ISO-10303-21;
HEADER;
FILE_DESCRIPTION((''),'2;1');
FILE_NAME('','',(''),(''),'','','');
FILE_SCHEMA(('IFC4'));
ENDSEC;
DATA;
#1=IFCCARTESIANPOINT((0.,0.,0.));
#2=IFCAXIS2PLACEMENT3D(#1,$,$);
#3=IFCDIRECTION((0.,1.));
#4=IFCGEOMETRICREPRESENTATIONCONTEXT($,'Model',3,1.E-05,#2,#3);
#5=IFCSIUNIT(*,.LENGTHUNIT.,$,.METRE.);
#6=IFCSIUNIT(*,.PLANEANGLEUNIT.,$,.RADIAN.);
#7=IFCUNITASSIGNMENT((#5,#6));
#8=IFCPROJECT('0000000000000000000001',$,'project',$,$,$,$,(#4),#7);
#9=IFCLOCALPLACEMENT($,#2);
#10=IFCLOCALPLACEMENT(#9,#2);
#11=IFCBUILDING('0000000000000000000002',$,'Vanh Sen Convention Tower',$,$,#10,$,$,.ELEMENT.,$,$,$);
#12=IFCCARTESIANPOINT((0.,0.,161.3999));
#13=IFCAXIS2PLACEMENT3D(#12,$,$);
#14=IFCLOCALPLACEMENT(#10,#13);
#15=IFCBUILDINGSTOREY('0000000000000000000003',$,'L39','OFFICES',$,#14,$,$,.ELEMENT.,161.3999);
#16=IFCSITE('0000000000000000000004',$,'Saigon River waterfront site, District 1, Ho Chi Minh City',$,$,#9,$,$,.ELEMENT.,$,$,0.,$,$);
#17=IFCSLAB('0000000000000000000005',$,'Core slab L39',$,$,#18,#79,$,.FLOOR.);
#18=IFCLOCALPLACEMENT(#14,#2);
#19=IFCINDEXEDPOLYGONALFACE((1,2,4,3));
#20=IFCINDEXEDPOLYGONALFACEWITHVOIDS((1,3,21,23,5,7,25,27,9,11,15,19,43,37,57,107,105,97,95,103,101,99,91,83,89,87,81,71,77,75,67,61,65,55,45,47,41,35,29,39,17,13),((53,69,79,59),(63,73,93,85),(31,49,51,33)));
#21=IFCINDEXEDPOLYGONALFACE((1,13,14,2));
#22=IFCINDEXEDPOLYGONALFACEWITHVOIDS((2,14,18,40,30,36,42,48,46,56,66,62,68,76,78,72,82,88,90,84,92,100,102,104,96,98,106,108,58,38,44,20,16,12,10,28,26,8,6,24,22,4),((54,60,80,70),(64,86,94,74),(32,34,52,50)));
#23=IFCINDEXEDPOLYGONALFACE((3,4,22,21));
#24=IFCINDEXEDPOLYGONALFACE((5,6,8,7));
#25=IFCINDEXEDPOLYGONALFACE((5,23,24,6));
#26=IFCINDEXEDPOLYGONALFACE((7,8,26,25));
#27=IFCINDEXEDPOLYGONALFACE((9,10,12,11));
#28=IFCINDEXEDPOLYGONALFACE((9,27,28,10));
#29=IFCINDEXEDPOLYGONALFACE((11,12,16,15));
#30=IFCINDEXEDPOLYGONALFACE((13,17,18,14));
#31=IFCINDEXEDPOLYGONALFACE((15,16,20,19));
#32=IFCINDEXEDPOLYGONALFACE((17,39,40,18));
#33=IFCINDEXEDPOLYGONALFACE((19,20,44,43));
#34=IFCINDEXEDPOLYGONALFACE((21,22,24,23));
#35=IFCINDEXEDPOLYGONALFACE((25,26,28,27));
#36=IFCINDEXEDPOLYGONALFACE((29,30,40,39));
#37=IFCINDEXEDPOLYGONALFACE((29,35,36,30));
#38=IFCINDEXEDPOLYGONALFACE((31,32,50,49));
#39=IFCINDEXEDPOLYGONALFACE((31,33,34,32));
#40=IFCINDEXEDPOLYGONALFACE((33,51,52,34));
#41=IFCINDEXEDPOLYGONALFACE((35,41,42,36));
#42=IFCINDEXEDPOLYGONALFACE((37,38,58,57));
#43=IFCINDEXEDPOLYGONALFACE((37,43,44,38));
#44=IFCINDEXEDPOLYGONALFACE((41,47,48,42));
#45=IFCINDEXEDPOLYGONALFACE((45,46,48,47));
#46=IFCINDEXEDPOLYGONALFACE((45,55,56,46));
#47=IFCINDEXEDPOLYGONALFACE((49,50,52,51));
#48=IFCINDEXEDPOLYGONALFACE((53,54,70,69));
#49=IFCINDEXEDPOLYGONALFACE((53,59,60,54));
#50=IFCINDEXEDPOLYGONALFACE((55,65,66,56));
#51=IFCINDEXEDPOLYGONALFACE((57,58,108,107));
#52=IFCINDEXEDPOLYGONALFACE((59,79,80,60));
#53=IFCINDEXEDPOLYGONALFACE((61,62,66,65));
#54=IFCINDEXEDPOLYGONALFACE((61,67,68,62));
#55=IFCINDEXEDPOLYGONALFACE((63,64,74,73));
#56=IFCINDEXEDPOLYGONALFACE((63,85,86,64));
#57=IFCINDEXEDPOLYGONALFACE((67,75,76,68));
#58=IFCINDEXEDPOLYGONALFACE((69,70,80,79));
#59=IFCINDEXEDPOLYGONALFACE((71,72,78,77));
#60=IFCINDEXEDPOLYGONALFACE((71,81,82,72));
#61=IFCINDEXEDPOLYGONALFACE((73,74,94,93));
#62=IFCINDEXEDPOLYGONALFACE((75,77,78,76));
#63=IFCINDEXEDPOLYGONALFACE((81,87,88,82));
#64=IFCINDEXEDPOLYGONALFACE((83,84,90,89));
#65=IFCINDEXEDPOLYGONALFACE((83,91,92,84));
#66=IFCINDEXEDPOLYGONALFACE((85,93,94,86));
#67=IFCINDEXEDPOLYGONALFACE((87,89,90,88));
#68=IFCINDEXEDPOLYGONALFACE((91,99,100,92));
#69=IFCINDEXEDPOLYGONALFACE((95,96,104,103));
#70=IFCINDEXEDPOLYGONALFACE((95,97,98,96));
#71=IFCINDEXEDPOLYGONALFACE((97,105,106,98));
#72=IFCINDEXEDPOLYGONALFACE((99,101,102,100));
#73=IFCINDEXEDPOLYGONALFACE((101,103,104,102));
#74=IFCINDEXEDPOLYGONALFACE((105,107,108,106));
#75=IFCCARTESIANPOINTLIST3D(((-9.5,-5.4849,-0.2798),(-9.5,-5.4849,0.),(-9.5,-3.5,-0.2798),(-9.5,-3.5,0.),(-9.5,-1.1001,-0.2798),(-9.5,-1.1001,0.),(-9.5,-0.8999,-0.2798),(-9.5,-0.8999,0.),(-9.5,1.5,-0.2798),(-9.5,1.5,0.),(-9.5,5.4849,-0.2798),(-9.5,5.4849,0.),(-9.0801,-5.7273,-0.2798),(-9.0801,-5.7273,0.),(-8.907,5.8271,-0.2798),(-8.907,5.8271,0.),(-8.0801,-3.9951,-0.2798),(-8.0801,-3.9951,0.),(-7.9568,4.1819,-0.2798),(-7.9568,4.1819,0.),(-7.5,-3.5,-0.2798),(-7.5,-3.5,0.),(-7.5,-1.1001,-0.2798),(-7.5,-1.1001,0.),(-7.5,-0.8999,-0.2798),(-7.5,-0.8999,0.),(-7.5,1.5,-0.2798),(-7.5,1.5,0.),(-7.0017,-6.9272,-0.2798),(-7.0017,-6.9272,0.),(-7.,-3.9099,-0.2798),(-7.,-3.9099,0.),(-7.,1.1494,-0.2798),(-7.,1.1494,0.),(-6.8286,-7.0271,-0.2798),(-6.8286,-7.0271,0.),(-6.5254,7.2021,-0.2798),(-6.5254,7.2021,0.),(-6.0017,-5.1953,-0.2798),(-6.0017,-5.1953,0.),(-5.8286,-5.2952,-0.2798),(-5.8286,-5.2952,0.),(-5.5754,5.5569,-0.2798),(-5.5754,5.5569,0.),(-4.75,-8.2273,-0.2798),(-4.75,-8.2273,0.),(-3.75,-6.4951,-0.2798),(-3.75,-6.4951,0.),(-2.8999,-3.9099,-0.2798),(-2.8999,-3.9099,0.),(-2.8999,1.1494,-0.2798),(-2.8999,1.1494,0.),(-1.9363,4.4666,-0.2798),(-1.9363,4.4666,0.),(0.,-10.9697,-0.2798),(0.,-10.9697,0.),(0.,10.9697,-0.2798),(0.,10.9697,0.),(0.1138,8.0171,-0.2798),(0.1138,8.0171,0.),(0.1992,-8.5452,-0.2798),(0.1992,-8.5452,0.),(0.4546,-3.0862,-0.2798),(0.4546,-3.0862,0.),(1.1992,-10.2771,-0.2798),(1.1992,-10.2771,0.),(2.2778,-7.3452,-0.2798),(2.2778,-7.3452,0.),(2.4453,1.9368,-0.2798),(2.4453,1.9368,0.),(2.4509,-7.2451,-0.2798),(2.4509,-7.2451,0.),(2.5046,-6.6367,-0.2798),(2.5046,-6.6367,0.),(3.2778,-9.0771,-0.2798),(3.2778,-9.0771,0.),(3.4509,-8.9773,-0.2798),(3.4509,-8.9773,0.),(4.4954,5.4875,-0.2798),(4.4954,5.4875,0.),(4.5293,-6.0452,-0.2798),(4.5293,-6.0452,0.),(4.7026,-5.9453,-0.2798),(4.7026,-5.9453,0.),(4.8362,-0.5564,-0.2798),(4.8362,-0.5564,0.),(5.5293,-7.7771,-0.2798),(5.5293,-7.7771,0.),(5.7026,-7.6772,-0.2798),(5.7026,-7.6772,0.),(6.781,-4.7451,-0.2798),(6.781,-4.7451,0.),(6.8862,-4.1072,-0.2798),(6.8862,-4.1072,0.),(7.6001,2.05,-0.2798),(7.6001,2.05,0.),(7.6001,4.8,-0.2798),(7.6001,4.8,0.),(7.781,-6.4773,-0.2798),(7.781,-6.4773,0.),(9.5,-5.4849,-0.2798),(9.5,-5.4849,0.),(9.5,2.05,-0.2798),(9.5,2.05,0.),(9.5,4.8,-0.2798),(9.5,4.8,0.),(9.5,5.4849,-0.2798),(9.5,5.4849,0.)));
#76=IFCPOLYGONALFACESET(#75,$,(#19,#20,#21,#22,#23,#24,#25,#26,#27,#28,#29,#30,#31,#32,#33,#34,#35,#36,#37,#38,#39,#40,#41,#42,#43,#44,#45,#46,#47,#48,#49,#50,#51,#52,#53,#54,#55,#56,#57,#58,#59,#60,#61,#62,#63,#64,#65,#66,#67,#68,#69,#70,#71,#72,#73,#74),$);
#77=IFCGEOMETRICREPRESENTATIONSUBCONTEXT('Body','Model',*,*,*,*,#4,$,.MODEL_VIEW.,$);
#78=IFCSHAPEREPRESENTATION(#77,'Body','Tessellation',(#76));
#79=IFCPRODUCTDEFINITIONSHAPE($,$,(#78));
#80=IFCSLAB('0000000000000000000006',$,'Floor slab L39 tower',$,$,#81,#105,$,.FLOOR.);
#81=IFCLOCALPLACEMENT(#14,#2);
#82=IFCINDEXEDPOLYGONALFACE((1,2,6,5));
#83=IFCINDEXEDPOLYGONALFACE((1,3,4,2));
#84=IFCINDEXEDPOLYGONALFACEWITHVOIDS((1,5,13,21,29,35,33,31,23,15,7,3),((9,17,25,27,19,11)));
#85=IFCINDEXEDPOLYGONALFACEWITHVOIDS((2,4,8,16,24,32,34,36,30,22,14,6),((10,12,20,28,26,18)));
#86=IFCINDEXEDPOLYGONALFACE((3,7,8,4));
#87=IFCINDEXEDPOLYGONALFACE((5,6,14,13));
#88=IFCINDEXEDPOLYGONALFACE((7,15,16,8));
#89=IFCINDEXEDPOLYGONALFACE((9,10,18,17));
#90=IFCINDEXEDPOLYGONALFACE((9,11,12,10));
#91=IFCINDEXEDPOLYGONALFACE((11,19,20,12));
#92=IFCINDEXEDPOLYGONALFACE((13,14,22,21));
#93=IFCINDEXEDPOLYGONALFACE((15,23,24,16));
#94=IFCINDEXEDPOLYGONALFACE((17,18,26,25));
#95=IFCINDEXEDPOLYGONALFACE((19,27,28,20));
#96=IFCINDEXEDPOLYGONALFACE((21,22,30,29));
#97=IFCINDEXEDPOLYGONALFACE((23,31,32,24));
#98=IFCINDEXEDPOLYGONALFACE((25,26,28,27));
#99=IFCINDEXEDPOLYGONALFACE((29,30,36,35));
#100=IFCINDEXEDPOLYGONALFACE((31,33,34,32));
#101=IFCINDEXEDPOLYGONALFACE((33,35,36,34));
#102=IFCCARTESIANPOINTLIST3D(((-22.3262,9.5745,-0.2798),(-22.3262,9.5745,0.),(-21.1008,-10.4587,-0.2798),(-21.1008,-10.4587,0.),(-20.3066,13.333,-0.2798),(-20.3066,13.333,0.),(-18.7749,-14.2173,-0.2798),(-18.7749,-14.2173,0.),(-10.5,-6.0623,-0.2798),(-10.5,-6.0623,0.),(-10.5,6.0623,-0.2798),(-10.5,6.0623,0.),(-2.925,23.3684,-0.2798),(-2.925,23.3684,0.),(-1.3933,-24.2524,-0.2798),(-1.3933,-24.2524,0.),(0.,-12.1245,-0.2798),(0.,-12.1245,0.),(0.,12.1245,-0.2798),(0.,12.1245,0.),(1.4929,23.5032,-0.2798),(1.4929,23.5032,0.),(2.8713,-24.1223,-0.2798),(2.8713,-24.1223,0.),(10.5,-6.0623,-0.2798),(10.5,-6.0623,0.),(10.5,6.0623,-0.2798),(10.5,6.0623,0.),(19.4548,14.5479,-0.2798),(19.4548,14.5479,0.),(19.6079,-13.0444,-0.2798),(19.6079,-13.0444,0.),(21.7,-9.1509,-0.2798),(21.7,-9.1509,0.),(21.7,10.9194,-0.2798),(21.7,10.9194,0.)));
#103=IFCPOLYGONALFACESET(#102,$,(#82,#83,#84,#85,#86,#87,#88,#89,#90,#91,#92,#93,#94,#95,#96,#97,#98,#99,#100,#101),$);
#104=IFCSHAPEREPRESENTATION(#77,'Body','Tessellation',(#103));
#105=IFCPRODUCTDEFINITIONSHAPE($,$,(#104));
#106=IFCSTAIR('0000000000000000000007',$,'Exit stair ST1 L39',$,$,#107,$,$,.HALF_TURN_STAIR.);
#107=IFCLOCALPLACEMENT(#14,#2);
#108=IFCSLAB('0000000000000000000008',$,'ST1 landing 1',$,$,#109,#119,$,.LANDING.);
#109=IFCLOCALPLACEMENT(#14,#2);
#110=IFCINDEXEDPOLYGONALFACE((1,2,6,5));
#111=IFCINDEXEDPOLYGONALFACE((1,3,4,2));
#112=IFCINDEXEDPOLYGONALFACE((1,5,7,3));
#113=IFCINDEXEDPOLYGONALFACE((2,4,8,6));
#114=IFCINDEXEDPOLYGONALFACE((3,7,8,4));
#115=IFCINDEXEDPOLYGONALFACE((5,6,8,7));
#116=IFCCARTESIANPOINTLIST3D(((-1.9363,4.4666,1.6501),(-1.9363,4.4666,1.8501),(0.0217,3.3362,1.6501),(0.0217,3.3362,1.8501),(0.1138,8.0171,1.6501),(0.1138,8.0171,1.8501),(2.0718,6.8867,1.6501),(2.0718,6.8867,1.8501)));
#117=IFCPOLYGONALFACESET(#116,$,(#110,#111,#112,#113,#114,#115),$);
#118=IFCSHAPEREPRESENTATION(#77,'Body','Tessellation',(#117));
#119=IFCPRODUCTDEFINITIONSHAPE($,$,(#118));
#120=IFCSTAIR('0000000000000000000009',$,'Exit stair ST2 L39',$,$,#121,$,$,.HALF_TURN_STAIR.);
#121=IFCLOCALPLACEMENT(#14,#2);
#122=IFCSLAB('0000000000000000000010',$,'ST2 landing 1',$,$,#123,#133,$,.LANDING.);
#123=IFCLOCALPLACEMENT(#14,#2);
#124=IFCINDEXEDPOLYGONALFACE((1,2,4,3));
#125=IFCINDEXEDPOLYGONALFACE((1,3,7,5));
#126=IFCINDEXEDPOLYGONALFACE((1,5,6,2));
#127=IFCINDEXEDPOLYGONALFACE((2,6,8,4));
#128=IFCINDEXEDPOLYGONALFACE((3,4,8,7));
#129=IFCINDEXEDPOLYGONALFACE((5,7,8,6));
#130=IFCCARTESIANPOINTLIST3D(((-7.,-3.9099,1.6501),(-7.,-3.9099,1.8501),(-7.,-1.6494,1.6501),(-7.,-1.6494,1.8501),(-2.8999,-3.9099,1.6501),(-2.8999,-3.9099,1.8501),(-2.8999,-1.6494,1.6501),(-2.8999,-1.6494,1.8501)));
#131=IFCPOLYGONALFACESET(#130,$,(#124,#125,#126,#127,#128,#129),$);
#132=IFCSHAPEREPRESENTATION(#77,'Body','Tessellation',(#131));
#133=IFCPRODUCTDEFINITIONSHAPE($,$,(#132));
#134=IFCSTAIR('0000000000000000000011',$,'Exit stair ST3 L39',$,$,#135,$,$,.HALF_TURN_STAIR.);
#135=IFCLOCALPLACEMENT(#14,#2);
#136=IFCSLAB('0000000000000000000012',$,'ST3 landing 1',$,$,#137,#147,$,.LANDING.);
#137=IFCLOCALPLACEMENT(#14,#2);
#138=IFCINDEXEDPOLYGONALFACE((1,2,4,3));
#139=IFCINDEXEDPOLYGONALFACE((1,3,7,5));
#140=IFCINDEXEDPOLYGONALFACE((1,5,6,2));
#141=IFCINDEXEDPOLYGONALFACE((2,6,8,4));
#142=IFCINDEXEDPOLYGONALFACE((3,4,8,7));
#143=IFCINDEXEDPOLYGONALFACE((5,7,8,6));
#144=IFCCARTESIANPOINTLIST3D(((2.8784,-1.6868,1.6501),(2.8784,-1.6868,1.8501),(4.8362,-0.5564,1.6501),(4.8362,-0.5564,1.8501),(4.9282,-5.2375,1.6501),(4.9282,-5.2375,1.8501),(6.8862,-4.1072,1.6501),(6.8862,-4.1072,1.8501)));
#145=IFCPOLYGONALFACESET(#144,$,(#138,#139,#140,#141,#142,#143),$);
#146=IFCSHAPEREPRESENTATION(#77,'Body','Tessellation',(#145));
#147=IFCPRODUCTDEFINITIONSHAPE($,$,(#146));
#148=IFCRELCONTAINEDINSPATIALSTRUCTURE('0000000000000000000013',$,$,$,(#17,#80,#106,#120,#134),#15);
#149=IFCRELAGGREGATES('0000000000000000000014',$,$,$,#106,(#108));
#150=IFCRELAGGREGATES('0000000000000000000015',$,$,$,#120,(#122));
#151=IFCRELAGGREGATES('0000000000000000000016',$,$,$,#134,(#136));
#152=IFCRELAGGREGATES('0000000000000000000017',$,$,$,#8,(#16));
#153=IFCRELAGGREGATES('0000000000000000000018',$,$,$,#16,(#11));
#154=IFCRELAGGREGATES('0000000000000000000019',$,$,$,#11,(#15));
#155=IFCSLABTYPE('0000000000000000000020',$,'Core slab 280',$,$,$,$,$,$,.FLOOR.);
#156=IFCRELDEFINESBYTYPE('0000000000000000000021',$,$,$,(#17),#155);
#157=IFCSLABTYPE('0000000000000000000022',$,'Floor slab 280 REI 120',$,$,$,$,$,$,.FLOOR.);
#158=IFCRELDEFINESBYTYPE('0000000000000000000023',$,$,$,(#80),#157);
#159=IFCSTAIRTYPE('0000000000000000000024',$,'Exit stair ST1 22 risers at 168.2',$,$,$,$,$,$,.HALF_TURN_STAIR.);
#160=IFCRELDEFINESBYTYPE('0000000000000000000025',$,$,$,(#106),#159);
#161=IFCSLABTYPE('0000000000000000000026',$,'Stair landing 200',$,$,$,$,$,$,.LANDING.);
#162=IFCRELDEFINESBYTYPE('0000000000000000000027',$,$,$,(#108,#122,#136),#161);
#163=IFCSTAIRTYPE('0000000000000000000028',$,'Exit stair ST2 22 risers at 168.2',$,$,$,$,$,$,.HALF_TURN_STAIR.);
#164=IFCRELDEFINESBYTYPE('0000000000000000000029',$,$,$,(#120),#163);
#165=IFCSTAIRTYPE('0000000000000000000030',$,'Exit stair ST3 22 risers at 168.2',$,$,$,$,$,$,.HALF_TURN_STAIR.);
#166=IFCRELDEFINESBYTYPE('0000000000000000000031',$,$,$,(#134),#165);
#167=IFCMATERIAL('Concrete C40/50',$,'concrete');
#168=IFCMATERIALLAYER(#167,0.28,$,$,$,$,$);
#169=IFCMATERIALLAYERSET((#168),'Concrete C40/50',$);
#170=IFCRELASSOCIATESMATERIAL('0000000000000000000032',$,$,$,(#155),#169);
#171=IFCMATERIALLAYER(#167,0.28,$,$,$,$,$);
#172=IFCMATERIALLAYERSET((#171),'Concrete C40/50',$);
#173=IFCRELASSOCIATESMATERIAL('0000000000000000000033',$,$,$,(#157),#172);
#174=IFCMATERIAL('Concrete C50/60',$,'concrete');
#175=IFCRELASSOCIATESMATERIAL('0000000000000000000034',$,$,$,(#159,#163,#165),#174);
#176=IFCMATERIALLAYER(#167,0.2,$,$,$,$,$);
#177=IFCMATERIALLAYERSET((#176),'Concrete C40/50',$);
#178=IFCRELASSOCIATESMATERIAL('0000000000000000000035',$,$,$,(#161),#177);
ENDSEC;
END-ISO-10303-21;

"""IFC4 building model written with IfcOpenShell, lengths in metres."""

from ifc_helpers import new_model, si_unit, direction, frame, origin, place, context, subcontext, project, spatial, polyline, outline, extrude, material, layer, layer_set, type_object, element, aggregate, save


model = new_model("IFC4")

# Units and contexts
model_context = context("Model", 3, precision=1e-05, world=origin(), true_north=direction((0.0, 1.0)))
body_context = subcontext(model_context, "Body", "Model", "MODEL_VIEW")
ifc_project = project(units=[si_unit("LENGTHUNIT", "METRE"), si_unit("PLANEANGLEUNIT", "RADIAN")], contexts=[model_context])

# Site, building, storey
site_placement = place(None, origin())
site = spatial("IfcSite", under=ifc_project, at=site_placement, Name="Saigon River waterfront site, District 1, Ho Chi Minh City", CompositionType="ELEMENT", RefElevation=0.0)
building_placement = place(site_placement, origin())
building = spatial("IfcBuilding", under=site, at=building_placement, Name="Vanh Sen Convention Tower", CompositionType="ELEMENT")
storey_placement = place(building_placement, frame((0.0, 0.0, 161.3999)))
storey = spatial("IfcBuildingStorey", under=building, at=storey_placement, Name="L39", Description="OFFICES", CompositionType="ELEMENT", Elevation=161.3999)

# Slabs
ifc_material_1 = material(Name="Concrete C40/50", Category="concrete")
ifc_layer_1 = layer(ifc_material_1, 0.28)
ifc_layer_set_1 = layer_set([ifc_layer_1], Name="Concrete C40/50")
slab_type_1 = type_object("IfcSlabType", Name="Core slab 280", PredefinedType="FLOOR", material=ifc_layer_set_1)
slab_1_placement = place(storey_placement, frame((0.0, 0.0, -0.2798)))
element("IfcSlab", 1, at=slab_1_placement, inside=storey, type_object=slab_type_1, Name="Core slab L39", PredefinedType="FLOOR", context=body_context, shape_type="SweptSolid", body=[
    extrude(outline(polyline([(0.0, 10.9697), (9.5, 5.4849), (9.5, 4.8), (7.6001, 4.8), (7.6001, 2.05), (9.5, 2.05), (9.5, -5.4849), (7.781, -6.4773), (6.781, -4.7451), (4.7026, -5.9453), (5.7026, -7.6772), (5.5293, -7.7771), (4.5293, -6.0452), (2.4509, -7.2451), (3.4509, -8.9773), (3.2778, -9.0771), (2.2778, -7.3452), (0.1992, -8.5452), (1.1992, -10.2771), (0.0, -10.9697), (-4.75, -8.2273), (-3.75, -6.4951), (-5.8286, -5.2952), (-6.8286, -7.0271), (-7.0017, -6.9272), (-6.0017, -5.1953), (-8.0801, -3.9951), (-9.0801, -5.7273), (-9.5, -5.4849), (-9.5, -3.5), (-7.5, -3.5), (-7.5, -1.1001), (-9.5, -1.1001), (-9.5, -0.8999), (-7.5, -0.8999), (-7.5, 1.5), (-9.5, 1.5), (-9.5, 5.4849), (-8.907, 5.8271), (-7.9568, 4.1819), (-5.5754, 5.5569), (-6.5254, 7.2021), (0.0, 10.9697)]), holes=[polyline([(-7.0, 1.1494), (-7.0, -3.9099), (-2.8999, -3.9099), (-2.8999, 1.1494), (-7.0, 1.1494)]), polyline([(2.5046, -6.6367), (6.8862, -4.1072), (4.8362, -0.5564), (0.4546, -3.0862), (2.5046, -6.6367)]), polyline([(0.1138, 8.0171), (-1.9363, 4.4666), (2.4453, 1.9368), (4.4954, 5.4875), (0.1138, 8.0171)])]), origin(), (0.0, 0.0, 1.0), 0.2798),
])
ifc_layer_2 = layer(ifc_material_1, 0.28)
ifc_layer_set_2 = layer_set([ifc_layer_2], Name="Concrete C40/50")
slab_type_2 = type_object("IfcSlabType", Name="Floor slab 280 REI 120", PredefinedType="FLOOR", material=ifc_layer_set_2)
slab_2_placement = place(storey_placement, frame((0.0, 0.0, -0.2798)))
element("IfcSlab", 2, at=slab_2_placement, inside=storey, type_object=slab_type_2, Name="Floor slab L39 tower", PredefinedType="FLOOR", context=body_context, shape_type="SweptSolid", body=[
    extrude(outline(polyline([(21.7, -9.1509), (21.7, 10.9194), (19.4548, 14.5479), (1.4929, 23.5032), (-2.925, 23.3684), (-20.3066, 13.333), (-22.3262, 9.5745), (-21.1008, -10.4587), (-18.7749, -14.2173), (-1.3933, -24.2524), (2.8713, -24.1223), (19.6079, -13.0444), (21.7, -9.1509)]), holes=[polyline([(0.0, 12.1245), (-10.5, 6.0623), (-10.5, -6.0623), (0.0, -12.1245), (10.5, -6.0623), (10.5, 6.0623), (0.0, 12.1245)])]), origin(), (0.0, 0.0, 1.0), 0.2798),
])

# Stairs, slabs
ifc_material_2 = material(Name="Concrete C50/60", Category="concrete")
stair_type_1 = type_object("IfcStairType", Name="Exit stair ST1 22 risers at 168.2", PredefinedType="HALF_TURN_STAIR", material=ifc_material_2)
stair_1_placement = place(storey_placement, origin())
stair_1 = element("IfcStair", 3, at=stair_1_placement, inside=storey, type_object=stair_type_1, Name="Exit stair ST1 L39", PredefinedType="HALF_TURN_STAIR")
ifc_layer_3 = layer(ifc_material_1, 0.2)
ifc_layer_set_3 = layer_set([ifc_layer_3], Name="Concrete C40/50")
slab_type_3 = type_object("IfcSlabType", Name="Stair landing 200", PredefinedType="LANDING", material=ifc_layer_set_3)
slab_3_placement = place(storey_placement, frame((0.0, 0.0, 1.6501)))
slab_3 = element("IfcSlab", 4, at=slab_3_placement, type_object=slab_type_3, Name="ST1 landing 1", PredefinedType="LANDING", context=body_context, shape_type="SweptSolid", body=[
    extrude(outline(polyline([(2.0718, 6.8867), (0.1138, 8.0171), (-1.9363, 4.4666), (0.0217, 3.3362), (2.0718, 6.8867)])), origin(), (0.0, 0.0, 1.0), 0.2),
])
aggregate(stair_1, [slab_3])
stair_type_2 = type_object("IfcStairType", Name="Exit stair ST2 22 risers at 168.2", PredefinedType="HALF_TURN_STAIR", material=ifc_material_2)
stair_2_placement = place(storey_placement, origin())
stair_2 = element("IfcStair", 5, at=stair_2_placement, inside=storey, type_object=stair_type_2, Name="Exit stair ST2 L39", PredefinedType="HALF_TURN_STAIR")
slab_4_placement = place(storey_placement, frame((0.0, 0.0, 1.6501)))
slab_4 = element("IfcSlab", 6, at=slab_4_placement, type_object=slab_type_3, Name="ST2 landing 1", PredefinedType="LANDING", context=body_context, shape_type="SweptSolid", body=[
    extrude(outline(polyline([(-7.0, -1.6494), (-7.0, -3.9099), (-2.8999, -3.9099), (-2.8999, -1.6494), (-7.0, -1.6494)])), origin(), (0.0, 0.0, 1.0), 0.2),
])
aggregate(stair_2, [slab_4])
stair_type_3 = type_object("IfcStairType", Name="Exit stair ST3 22 risers at 168.2", PredefinedType="HALF_TURN_STAIR", material=ifc_material_2)
stair_3_placement = place(storey_placement, origin())
stair_3 = element("IfcStair", 7, at=stair_3_placement, inside=storey, type_object=stair_type_3, Name="Exit stair ST3 L39", PredefinedType="HALF_TURN_STAIR")
slab_5_placement = place(storey_placement, frame((0.0, 0.0, 1.6501)))
slab_5 = element("IfcSlab", 8, at=slab_5_placement, type_object=slab_type_3, Name="ST3 landing 1", PredefinedType="LANDING", context=body_context, shape_type="SweptSolid", body=[
    extrude(outline(polyline([(4.9282, -5.2375), (6.8862, -4.1072), (4.8362, -0.5564), (2.8784, -1.6868), (4.9282, -5.2375)])), origin(), (0.0, 0.0, 1.0), 0.2),
])
aggregate(stair_3, [slab_5])

save(model, "model.ifc")
